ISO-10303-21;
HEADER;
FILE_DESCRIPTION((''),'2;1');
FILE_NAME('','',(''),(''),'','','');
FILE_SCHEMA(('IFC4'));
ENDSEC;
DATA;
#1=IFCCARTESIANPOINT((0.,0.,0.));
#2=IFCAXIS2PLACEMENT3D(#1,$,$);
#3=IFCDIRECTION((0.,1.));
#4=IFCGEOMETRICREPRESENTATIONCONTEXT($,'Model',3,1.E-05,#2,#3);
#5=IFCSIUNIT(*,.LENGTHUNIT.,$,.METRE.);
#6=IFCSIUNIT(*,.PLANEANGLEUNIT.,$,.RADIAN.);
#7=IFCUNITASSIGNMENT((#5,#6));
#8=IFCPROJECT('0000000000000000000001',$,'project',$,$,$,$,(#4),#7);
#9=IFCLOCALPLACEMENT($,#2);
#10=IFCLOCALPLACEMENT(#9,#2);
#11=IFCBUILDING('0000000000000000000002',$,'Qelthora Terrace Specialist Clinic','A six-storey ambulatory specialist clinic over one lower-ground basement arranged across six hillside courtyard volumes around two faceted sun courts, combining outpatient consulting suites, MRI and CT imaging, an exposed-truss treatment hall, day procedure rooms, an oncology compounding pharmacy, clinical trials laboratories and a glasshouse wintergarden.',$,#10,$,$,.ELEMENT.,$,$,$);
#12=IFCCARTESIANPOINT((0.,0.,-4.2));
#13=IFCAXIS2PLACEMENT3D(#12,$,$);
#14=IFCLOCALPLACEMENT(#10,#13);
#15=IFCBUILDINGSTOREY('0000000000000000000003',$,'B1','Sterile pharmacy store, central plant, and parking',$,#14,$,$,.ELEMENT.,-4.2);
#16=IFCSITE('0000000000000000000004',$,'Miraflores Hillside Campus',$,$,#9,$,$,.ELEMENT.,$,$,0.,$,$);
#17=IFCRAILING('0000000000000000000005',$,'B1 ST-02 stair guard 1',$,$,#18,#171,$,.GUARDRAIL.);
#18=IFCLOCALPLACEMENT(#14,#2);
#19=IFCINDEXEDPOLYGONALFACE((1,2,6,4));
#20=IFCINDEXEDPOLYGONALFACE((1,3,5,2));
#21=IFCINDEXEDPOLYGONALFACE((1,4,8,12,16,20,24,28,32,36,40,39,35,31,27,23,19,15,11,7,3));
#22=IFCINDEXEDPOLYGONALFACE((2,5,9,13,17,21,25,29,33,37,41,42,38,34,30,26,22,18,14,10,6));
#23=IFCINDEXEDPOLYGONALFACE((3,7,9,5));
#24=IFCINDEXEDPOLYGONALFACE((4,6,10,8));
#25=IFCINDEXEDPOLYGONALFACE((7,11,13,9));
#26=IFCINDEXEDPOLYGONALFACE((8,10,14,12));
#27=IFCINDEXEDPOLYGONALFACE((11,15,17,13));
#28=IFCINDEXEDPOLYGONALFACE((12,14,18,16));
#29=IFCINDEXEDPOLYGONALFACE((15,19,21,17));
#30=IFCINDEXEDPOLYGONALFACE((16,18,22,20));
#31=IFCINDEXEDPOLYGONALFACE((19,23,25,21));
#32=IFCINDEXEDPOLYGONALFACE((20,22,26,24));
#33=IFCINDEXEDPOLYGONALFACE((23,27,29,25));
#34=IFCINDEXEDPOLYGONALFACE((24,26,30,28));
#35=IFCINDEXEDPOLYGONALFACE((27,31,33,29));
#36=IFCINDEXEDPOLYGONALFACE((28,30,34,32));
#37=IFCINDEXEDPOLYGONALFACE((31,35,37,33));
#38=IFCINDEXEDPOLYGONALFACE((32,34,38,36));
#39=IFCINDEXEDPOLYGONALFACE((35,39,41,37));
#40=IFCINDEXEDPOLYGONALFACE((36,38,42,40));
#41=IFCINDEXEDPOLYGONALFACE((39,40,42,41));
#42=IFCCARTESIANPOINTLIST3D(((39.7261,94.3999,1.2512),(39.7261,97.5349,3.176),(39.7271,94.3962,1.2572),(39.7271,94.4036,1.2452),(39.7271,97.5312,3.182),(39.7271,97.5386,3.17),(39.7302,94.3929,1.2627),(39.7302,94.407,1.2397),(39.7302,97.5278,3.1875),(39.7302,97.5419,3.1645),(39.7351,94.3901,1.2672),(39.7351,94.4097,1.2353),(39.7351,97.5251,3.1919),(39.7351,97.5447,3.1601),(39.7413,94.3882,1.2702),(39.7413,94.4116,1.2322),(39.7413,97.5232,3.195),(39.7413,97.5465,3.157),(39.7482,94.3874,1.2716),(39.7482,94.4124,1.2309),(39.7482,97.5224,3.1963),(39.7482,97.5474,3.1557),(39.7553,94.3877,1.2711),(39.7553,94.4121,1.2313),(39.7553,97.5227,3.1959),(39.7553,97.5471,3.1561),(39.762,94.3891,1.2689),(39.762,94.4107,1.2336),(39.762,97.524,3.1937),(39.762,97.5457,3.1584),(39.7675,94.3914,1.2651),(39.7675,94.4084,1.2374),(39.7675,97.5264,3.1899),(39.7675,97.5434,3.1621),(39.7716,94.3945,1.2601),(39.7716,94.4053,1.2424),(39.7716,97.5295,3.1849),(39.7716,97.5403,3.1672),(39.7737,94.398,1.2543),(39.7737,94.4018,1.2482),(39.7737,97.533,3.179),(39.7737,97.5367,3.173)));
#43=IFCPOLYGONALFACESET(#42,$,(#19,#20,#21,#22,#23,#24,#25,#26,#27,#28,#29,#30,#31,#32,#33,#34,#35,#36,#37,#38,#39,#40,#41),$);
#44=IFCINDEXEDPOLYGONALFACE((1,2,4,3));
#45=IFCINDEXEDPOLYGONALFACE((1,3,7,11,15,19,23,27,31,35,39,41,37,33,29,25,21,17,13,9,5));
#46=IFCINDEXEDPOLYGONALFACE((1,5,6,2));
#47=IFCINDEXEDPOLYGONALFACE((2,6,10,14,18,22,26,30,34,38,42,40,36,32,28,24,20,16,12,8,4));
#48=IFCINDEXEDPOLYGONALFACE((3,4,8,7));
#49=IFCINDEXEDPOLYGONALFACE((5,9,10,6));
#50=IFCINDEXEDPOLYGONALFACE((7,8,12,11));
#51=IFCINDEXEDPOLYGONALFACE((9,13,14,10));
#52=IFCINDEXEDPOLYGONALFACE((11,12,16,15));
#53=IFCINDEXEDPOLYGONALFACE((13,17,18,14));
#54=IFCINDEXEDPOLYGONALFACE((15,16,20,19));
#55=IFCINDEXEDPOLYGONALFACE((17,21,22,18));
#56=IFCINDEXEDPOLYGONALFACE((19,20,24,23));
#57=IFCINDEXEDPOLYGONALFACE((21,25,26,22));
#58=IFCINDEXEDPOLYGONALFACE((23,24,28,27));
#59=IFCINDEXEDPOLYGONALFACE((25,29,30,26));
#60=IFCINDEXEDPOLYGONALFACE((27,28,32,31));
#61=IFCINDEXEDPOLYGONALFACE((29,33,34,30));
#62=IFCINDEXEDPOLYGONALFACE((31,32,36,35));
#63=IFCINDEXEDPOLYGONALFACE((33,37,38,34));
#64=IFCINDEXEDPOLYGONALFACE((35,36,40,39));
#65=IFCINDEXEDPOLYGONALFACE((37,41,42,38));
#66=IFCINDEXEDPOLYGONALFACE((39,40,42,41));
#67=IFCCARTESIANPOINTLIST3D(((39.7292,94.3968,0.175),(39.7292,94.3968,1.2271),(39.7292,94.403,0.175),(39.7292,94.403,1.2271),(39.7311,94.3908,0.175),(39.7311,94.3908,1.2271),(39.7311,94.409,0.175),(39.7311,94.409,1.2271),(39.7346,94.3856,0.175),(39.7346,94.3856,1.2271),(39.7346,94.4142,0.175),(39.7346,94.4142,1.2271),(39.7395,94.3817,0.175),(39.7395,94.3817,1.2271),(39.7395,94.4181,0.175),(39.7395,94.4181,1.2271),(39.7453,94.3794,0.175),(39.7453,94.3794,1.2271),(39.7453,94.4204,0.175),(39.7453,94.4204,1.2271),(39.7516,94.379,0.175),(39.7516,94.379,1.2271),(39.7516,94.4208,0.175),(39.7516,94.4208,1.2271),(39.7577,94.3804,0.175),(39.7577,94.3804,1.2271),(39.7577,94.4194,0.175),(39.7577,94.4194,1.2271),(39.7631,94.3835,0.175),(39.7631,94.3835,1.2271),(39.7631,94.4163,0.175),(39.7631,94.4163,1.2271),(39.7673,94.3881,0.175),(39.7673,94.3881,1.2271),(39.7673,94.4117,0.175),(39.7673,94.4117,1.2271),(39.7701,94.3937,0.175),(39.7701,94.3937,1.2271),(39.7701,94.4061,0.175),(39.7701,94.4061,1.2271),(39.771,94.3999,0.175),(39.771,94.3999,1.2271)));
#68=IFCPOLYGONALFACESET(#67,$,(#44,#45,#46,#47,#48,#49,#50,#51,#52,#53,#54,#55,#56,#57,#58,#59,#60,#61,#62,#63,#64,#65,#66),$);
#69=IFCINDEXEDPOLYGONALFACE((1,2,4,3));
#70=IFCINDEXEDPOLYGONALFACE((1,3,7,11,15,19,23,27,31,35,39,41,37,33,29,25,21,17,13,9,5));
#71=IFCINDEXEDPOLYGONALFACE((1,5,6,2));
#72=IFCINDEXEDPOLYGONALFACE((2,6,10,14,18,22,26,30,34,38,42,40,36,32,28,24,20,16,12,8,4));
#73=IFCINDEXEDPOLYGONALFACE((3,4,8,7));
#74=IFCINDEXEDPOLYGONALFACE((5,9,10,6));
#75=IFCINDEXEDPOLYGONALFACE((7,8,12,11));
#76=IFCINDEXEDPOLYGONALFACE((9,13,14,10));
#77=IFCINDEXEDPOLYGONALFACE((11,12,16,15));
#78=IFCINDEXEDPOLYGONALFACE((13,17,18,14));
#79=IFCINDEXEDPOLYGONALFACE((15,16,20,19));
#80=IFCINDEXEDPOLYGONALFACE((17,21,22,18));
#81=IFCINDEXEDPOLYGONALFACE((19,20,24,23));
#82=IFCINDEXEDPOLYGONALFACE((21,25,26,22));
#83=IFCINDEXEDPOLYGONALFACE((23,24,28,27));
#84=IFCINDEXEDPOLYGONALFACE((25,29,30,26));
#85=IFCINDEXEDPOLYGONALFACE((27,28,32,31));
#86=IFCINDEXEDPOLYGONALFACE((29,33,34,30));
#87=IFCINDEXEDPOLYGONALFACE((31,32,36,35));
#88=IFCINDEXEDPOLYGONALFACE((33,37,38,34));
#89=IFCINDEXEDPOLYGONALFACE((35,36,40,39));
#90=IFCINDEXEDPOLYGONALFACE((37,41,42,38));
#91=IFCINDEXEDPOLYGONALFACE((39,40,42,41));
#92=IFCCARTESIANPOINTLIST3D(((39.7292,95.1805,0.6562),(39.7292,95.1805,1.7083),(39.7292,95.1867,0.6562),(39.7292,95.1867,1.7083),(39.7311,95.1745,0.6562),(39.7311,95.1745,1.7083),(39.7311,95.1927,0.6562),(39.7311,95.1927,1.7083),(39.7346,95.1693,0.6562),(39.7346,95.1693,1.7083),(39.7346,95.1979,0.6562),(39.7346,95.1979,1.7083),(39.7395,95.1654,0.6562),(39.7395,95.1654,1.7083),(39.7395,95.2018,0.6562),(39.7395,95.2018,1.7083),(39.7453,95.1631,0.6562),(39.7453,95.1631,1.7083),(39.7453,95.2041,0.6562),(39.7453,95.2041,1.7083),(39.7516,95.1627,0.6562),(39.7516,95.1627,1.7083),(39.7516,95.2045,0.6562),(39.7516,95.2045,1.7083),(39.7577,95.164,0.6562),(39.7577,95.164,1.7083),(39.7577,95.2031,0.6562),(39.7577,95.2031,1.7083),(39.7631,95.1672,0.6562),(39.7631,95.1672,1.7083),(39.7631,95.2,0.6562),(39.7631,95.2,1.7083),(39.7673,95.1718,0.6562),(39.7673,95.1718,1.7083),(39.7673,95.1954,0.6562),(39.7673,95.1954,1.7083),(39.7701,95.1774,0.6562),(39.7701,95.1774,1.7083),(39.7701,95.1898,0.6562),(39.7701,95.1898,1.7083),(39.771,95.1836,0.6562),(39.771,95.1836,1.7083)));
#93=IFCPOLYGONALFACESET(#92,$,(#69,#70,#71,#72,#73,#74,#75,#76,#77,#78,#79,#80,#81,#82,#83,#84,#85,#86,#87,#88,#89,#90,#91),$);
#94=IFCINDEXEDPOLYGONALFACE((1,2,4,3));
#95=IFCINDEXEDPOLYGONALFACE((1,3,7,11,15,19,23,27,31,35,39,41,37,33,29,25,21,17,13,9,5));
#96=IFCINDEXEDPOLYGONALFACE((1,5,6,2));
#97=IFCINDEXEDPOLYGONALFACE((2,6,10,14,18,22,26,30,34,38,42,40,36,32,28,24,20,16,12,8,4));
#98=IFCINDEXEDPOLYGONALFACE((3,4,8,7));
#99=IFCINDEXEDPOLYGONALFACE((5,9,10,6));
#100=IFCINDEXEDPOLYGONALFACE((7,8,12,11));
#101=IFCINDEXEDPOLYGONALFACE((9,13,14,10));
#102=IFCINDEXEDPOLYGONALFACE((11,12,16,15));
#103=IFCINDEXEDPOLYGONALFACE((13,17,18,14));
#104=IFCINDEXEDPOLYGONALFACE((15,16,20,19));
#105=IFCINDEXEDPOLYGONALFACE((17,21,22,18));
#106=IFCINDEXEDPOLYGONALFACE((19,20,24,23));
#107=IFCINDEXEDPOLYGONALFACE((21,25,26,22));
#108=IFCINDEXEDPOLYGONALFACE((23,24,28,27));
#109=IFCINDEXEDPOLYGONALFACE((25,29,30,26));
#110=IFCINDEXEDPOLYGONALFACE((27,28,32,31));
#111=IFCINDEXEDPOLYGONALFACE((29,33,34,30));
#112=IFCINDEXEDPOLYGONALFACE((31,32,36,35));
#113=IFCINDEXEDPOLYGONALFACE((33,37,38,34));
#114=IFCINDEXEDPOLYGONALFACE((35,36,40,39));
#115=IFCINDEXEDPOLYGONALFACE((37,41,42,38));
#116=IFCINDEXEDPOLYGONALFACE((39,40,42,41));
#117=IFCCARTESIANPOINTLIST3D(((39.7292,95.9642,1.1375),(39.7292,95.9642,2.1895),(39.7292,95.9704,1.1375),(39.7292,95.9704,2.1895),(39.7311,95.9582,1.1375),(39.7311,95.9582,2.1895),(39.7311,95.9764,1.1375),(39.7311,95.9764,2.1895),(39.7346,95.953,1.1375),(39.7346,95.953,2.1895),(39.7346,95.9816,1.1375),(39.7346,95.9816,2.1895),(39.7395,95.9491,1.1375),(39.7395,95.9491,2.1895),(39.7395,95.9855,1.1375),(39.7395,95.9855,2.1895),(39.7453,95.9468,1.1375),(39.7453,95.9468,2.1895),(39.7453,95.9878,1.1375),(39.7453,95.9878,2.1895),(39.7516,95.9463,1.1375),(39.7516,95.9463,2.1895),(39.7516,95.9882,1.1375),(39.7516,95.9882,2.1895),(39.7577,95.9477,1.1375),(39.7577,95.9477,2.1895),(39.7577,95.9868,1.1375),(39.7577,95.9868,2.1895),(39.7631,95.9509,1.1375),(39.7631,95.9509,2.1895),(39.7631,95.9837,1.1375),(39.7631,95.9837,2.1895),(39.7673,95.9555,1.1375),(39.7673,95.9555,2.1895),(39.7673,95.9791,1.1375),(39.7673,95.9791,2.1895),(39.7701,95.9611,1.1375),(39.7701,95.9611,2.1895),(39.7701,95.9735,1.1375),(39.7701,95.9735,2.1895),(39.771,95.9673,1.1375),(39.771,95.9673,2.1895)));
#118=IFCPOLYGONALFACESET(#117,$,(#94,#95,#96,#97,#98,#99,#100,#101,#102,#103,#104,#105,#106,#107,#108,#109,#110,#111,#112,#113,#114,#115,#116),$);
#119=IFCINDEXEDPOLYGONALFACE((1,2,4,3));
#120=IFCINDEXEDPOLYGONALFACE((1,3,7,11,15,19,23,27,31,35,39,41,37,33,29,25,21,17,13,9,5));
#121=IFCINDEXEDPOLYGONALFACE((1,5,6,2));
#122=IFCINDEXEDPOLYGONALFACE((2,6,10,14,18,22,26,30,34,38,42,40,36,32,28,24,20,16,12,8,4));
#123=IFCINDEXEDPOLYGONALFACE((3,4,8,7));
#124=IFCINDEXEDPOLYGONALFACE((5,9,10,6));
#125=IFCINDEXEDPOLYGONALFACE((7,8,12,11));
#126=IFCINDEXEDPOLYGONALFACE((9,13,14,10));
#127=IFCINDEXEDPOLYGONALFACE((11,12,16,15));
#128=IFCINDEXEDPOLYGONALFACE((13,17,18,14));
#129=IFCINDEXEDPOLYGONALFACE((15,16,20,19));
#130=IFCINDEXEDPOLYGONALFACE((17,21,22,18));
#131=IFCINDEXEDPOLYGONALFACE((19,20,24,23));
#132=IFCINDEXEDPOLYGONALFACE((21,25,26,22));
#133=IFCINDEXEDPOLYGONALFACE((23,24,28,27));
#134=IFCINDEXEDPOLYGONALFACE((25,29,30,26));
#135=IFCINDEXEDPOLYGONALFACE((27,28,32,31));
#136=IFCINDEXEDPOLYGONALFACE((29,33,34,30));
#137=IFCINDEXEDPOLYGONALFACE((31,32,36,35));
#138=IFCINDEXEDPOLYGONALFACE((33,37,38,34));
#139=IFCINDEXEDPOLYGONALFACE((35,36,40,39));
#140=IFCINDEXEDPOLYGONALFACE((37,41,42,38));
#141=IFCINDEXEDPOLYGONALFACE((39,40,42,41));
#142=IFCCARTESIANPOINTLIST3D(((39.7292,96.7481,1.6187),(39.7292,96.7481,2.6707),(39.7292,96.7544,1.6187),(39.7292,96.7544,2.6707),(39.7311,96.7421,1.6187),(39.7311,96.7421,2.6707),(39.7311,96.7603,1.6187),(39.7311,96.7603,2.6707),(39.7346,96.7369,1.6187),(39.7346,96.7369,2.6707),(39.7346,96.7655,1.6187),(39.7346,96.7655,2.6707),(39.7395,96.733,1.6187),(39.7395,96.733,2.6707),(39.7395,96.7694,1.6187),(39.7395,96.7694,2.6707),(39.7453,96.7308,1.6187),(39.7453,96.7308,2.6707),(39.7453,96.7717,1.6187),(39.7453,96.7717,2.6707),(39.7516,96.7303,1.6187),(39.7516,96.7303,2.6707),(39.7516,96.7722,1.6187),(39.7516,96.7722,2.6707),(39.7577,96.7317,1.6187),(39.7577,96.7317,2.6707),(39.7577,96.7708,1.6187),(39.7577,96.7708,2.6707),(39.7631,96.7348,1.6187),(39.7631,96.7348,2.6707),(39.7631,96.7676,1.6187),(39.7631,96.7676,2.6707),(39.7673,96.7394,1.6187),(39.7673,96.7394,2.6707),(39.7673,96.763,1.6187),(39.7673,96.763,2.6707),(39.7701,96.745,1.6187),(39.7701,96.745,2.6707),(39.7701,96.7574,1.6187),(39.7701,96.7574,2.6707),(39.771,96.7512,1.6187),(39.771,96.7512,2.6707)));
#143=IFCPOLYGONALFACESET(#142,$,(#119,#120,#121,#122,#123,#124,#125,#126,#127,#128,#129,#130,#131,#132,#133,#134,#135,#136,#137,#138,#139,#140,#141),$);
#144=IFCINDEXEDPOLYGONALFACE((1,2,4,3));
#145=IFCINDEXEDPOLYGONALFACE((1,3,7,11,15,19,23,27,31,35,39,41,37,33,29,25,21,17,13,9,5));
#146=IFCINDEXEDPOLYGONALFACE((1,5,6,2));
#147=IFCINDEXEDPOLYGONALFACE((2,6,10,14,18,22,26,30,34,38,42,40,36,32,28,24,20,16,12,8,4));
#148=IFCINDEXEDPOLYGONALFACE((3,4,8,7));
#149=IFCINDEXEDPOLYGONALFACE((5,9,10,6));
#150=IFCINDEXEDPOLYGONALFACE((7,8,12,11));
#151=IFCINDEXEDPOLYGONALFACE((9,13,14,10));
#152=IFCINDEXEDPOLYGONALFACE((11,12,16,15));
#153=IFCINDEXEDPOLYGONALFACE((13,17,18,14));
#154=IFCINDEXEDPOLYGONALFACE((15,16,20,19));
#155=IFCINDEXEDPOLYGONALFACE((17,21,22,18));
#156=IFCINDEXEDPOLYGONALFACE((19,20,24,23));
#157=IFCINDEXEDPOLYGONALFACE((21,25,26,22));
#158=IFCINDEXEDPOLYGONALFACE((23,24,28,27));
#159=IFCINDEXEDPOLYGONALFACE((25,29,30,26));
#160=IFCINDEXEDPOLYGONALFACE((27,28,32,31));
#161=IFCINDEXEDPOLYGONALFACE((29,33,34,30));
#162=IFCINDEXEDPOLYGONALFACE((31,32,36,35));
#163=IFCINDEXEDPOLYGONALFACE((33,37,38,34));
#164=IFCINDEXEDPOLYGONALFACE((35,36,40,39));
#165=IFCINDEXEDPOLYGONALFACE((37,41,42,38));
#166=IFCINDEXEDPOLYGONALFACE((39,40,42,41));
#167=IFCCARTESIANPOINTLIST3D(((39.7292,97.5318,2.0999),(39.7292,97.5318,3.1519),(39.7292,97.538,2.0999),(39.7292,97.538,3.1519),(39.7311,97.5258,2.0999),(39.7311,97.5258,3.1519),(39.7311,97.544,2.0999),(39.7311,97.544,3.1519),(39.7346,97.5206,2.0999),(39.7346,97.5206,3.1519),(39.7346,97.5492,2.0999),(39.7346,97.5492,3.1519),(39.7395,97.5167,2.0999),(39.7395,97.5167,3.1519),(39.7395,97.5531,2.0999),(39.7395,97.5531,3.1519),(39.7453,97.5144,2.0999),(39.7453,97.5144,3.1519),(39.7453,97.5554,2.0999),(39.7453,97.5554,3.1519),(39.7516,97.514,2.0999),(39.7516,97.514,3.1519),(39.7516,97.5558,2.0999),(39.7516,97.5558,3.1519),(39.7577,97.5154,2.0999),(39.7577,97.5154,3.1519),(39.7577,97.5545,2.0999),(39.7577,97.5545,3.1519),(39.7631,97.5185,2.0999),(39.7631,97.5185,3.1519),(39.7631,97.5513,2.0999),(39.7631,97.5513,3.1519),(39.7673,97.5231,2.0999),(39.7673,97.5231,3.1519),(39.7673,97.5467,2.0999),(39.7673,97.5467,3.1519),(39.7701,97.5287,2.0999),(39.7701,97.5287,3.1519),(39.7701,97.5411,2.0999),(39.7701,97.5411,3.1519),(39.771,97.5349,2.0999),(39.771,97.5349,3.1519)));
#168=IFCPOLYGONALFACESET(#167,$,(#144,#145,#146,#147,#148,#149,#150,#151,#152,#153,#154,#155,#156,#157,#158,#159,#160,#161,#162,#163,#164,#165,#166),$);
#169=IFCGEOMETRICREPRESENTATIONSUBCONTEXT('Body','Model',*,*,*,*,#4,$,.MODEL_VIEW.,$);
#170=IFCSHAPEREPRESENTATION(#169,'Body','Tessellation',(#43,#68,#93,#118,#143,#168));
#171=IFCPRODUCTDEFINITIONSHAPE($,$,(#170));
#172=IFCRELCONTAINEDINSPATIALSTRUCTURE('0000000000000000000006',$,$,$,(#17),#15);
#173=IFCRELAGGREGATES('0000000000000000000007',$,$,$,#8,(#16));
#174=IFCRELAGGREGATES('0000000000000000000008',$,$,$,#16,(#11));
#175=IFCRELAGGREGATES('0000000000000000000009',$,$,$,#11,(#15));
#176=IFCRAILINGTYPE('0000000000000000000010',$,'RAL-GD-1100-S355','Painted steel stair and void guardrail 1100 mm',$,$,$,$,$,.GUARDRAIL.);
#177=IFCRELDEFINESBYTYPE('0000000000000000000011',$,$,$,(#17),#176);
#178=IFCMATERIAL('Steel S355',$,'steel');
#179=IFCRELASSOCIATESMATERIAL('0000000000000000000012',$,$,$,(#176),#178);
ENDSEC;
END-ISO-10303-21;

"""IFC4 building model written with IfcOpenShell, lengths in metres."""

from ifc_helpers import new_model, si_unit, direction, frame, origin, origin_2d, place, context, subcontext, project, spatial, circle, extrude, material, type_object, element, save


model = new_model("IFC4")

# Units and contexts
model_context = context("Model", 3, precision=1e-05, world=origin(), true_north=direction((0.0, 1.0)))
body_context = subcontext(model_context, "Body", "Model", "MODEL_VIEW")
ifc_project = project(units=[si_unit("LENGTHUNIT", "METRE"), si_unit("PLANEANGLEUNIT", "RADIAN")], contexts=[model_context])

# Site, building, storey
site_placement = place(None, origin())
site = spatial("IfcSite", under=ifc_project, at=site_placement, Name="Miraflores Hillside Campus", CompositionType="ELEMENT", RefElevation=0.0)
building_placement = place(site_placement, origin())
building = spatial("IfcBuilding", under=site, at=building_placement, Name="Qelthora Terrace Specialist Clinic", Description="A six-storey ambulatory specialist clinic over one lower-ground basement arranged across six hillside courtyard volumes around two faceted sun courts, combining outpatient consulting suites, MRI and CT imaging, an exposed-truss treatment hall, day procedure rooms, an oncology compounding pharmacy, clinical trials laboratories and a glasshouse wintergarden.", CompositionType="ELEMENT")
storey_placement = place(building_placement, frame((0.0, 0.0, -4.2)))
storey = spatial("IfcBuildingStorey", under=building, at=storey_placement, Name="B1", Description="Sterile pharmacy store, central plant, and parking", CompositionType="ELEMENT", Elevation=-4.2)

# Shared definitions
ifc_material_1 = material(Name="Steel S355", Category="steel")

# Railing
railing_type_1 = type_object("IfcRailingType", Name="RAL-GD-1100-S355", Description="Painted steel stair and void guardrail 1100 mm", PredefinedType="GUARDRAIL", material=ifc_material_1)
railing_1_placement = place(storey_placement, frame((39.75, 94.3999, 0.175)))
element("IfcRailing", 1, at=railing_1_placement, inside=storey, type_object=railing_type_1, Name="B1 ST-02 stair guard 1", PredefinedType="GUARDRAIL", context=body_context, shape_type="SweptSolid", body=[
    extrude(circle(Radius=0.0239, at=origin_2d()), frame((0.0, 0.0, 1.0762), z_axis=(0.0, 0.852196, 0.523223), x_axis=(-1.0, 0.0, 0.0)), (0.0, 0.0, 1.0), 3.6787),
    extrude(circle(Radius=0.021, at=origin_2d()), origin(), (0.0, 0.0, 1.0), 1.052),
    extrude(circle(Radius=0.021, at=origin_2d()), frame((0.0, 0.7837, 0.4812)), (0.0, 0.0, 1.0), 1.052),
    extrude(circle(Radius=0.021, at=origin_2d()), frame((0.0, 1.5674, 0.9624)), (0.0, 0.0, 1.0), 1.052),
    extrude(circle(Radius=0.021, at=origin_2d()), frame((0.0, 2.3513, 1.4436)), (0.0, 0.0, 1.0), 1.052),
    extrude(circle(Radius=0.021, at=origin_2d()), frame((0.0, 3.135, 1.9248)), (0.0, 0.0, 1.0), 1.052),
])

save(model, "model.ifc")
